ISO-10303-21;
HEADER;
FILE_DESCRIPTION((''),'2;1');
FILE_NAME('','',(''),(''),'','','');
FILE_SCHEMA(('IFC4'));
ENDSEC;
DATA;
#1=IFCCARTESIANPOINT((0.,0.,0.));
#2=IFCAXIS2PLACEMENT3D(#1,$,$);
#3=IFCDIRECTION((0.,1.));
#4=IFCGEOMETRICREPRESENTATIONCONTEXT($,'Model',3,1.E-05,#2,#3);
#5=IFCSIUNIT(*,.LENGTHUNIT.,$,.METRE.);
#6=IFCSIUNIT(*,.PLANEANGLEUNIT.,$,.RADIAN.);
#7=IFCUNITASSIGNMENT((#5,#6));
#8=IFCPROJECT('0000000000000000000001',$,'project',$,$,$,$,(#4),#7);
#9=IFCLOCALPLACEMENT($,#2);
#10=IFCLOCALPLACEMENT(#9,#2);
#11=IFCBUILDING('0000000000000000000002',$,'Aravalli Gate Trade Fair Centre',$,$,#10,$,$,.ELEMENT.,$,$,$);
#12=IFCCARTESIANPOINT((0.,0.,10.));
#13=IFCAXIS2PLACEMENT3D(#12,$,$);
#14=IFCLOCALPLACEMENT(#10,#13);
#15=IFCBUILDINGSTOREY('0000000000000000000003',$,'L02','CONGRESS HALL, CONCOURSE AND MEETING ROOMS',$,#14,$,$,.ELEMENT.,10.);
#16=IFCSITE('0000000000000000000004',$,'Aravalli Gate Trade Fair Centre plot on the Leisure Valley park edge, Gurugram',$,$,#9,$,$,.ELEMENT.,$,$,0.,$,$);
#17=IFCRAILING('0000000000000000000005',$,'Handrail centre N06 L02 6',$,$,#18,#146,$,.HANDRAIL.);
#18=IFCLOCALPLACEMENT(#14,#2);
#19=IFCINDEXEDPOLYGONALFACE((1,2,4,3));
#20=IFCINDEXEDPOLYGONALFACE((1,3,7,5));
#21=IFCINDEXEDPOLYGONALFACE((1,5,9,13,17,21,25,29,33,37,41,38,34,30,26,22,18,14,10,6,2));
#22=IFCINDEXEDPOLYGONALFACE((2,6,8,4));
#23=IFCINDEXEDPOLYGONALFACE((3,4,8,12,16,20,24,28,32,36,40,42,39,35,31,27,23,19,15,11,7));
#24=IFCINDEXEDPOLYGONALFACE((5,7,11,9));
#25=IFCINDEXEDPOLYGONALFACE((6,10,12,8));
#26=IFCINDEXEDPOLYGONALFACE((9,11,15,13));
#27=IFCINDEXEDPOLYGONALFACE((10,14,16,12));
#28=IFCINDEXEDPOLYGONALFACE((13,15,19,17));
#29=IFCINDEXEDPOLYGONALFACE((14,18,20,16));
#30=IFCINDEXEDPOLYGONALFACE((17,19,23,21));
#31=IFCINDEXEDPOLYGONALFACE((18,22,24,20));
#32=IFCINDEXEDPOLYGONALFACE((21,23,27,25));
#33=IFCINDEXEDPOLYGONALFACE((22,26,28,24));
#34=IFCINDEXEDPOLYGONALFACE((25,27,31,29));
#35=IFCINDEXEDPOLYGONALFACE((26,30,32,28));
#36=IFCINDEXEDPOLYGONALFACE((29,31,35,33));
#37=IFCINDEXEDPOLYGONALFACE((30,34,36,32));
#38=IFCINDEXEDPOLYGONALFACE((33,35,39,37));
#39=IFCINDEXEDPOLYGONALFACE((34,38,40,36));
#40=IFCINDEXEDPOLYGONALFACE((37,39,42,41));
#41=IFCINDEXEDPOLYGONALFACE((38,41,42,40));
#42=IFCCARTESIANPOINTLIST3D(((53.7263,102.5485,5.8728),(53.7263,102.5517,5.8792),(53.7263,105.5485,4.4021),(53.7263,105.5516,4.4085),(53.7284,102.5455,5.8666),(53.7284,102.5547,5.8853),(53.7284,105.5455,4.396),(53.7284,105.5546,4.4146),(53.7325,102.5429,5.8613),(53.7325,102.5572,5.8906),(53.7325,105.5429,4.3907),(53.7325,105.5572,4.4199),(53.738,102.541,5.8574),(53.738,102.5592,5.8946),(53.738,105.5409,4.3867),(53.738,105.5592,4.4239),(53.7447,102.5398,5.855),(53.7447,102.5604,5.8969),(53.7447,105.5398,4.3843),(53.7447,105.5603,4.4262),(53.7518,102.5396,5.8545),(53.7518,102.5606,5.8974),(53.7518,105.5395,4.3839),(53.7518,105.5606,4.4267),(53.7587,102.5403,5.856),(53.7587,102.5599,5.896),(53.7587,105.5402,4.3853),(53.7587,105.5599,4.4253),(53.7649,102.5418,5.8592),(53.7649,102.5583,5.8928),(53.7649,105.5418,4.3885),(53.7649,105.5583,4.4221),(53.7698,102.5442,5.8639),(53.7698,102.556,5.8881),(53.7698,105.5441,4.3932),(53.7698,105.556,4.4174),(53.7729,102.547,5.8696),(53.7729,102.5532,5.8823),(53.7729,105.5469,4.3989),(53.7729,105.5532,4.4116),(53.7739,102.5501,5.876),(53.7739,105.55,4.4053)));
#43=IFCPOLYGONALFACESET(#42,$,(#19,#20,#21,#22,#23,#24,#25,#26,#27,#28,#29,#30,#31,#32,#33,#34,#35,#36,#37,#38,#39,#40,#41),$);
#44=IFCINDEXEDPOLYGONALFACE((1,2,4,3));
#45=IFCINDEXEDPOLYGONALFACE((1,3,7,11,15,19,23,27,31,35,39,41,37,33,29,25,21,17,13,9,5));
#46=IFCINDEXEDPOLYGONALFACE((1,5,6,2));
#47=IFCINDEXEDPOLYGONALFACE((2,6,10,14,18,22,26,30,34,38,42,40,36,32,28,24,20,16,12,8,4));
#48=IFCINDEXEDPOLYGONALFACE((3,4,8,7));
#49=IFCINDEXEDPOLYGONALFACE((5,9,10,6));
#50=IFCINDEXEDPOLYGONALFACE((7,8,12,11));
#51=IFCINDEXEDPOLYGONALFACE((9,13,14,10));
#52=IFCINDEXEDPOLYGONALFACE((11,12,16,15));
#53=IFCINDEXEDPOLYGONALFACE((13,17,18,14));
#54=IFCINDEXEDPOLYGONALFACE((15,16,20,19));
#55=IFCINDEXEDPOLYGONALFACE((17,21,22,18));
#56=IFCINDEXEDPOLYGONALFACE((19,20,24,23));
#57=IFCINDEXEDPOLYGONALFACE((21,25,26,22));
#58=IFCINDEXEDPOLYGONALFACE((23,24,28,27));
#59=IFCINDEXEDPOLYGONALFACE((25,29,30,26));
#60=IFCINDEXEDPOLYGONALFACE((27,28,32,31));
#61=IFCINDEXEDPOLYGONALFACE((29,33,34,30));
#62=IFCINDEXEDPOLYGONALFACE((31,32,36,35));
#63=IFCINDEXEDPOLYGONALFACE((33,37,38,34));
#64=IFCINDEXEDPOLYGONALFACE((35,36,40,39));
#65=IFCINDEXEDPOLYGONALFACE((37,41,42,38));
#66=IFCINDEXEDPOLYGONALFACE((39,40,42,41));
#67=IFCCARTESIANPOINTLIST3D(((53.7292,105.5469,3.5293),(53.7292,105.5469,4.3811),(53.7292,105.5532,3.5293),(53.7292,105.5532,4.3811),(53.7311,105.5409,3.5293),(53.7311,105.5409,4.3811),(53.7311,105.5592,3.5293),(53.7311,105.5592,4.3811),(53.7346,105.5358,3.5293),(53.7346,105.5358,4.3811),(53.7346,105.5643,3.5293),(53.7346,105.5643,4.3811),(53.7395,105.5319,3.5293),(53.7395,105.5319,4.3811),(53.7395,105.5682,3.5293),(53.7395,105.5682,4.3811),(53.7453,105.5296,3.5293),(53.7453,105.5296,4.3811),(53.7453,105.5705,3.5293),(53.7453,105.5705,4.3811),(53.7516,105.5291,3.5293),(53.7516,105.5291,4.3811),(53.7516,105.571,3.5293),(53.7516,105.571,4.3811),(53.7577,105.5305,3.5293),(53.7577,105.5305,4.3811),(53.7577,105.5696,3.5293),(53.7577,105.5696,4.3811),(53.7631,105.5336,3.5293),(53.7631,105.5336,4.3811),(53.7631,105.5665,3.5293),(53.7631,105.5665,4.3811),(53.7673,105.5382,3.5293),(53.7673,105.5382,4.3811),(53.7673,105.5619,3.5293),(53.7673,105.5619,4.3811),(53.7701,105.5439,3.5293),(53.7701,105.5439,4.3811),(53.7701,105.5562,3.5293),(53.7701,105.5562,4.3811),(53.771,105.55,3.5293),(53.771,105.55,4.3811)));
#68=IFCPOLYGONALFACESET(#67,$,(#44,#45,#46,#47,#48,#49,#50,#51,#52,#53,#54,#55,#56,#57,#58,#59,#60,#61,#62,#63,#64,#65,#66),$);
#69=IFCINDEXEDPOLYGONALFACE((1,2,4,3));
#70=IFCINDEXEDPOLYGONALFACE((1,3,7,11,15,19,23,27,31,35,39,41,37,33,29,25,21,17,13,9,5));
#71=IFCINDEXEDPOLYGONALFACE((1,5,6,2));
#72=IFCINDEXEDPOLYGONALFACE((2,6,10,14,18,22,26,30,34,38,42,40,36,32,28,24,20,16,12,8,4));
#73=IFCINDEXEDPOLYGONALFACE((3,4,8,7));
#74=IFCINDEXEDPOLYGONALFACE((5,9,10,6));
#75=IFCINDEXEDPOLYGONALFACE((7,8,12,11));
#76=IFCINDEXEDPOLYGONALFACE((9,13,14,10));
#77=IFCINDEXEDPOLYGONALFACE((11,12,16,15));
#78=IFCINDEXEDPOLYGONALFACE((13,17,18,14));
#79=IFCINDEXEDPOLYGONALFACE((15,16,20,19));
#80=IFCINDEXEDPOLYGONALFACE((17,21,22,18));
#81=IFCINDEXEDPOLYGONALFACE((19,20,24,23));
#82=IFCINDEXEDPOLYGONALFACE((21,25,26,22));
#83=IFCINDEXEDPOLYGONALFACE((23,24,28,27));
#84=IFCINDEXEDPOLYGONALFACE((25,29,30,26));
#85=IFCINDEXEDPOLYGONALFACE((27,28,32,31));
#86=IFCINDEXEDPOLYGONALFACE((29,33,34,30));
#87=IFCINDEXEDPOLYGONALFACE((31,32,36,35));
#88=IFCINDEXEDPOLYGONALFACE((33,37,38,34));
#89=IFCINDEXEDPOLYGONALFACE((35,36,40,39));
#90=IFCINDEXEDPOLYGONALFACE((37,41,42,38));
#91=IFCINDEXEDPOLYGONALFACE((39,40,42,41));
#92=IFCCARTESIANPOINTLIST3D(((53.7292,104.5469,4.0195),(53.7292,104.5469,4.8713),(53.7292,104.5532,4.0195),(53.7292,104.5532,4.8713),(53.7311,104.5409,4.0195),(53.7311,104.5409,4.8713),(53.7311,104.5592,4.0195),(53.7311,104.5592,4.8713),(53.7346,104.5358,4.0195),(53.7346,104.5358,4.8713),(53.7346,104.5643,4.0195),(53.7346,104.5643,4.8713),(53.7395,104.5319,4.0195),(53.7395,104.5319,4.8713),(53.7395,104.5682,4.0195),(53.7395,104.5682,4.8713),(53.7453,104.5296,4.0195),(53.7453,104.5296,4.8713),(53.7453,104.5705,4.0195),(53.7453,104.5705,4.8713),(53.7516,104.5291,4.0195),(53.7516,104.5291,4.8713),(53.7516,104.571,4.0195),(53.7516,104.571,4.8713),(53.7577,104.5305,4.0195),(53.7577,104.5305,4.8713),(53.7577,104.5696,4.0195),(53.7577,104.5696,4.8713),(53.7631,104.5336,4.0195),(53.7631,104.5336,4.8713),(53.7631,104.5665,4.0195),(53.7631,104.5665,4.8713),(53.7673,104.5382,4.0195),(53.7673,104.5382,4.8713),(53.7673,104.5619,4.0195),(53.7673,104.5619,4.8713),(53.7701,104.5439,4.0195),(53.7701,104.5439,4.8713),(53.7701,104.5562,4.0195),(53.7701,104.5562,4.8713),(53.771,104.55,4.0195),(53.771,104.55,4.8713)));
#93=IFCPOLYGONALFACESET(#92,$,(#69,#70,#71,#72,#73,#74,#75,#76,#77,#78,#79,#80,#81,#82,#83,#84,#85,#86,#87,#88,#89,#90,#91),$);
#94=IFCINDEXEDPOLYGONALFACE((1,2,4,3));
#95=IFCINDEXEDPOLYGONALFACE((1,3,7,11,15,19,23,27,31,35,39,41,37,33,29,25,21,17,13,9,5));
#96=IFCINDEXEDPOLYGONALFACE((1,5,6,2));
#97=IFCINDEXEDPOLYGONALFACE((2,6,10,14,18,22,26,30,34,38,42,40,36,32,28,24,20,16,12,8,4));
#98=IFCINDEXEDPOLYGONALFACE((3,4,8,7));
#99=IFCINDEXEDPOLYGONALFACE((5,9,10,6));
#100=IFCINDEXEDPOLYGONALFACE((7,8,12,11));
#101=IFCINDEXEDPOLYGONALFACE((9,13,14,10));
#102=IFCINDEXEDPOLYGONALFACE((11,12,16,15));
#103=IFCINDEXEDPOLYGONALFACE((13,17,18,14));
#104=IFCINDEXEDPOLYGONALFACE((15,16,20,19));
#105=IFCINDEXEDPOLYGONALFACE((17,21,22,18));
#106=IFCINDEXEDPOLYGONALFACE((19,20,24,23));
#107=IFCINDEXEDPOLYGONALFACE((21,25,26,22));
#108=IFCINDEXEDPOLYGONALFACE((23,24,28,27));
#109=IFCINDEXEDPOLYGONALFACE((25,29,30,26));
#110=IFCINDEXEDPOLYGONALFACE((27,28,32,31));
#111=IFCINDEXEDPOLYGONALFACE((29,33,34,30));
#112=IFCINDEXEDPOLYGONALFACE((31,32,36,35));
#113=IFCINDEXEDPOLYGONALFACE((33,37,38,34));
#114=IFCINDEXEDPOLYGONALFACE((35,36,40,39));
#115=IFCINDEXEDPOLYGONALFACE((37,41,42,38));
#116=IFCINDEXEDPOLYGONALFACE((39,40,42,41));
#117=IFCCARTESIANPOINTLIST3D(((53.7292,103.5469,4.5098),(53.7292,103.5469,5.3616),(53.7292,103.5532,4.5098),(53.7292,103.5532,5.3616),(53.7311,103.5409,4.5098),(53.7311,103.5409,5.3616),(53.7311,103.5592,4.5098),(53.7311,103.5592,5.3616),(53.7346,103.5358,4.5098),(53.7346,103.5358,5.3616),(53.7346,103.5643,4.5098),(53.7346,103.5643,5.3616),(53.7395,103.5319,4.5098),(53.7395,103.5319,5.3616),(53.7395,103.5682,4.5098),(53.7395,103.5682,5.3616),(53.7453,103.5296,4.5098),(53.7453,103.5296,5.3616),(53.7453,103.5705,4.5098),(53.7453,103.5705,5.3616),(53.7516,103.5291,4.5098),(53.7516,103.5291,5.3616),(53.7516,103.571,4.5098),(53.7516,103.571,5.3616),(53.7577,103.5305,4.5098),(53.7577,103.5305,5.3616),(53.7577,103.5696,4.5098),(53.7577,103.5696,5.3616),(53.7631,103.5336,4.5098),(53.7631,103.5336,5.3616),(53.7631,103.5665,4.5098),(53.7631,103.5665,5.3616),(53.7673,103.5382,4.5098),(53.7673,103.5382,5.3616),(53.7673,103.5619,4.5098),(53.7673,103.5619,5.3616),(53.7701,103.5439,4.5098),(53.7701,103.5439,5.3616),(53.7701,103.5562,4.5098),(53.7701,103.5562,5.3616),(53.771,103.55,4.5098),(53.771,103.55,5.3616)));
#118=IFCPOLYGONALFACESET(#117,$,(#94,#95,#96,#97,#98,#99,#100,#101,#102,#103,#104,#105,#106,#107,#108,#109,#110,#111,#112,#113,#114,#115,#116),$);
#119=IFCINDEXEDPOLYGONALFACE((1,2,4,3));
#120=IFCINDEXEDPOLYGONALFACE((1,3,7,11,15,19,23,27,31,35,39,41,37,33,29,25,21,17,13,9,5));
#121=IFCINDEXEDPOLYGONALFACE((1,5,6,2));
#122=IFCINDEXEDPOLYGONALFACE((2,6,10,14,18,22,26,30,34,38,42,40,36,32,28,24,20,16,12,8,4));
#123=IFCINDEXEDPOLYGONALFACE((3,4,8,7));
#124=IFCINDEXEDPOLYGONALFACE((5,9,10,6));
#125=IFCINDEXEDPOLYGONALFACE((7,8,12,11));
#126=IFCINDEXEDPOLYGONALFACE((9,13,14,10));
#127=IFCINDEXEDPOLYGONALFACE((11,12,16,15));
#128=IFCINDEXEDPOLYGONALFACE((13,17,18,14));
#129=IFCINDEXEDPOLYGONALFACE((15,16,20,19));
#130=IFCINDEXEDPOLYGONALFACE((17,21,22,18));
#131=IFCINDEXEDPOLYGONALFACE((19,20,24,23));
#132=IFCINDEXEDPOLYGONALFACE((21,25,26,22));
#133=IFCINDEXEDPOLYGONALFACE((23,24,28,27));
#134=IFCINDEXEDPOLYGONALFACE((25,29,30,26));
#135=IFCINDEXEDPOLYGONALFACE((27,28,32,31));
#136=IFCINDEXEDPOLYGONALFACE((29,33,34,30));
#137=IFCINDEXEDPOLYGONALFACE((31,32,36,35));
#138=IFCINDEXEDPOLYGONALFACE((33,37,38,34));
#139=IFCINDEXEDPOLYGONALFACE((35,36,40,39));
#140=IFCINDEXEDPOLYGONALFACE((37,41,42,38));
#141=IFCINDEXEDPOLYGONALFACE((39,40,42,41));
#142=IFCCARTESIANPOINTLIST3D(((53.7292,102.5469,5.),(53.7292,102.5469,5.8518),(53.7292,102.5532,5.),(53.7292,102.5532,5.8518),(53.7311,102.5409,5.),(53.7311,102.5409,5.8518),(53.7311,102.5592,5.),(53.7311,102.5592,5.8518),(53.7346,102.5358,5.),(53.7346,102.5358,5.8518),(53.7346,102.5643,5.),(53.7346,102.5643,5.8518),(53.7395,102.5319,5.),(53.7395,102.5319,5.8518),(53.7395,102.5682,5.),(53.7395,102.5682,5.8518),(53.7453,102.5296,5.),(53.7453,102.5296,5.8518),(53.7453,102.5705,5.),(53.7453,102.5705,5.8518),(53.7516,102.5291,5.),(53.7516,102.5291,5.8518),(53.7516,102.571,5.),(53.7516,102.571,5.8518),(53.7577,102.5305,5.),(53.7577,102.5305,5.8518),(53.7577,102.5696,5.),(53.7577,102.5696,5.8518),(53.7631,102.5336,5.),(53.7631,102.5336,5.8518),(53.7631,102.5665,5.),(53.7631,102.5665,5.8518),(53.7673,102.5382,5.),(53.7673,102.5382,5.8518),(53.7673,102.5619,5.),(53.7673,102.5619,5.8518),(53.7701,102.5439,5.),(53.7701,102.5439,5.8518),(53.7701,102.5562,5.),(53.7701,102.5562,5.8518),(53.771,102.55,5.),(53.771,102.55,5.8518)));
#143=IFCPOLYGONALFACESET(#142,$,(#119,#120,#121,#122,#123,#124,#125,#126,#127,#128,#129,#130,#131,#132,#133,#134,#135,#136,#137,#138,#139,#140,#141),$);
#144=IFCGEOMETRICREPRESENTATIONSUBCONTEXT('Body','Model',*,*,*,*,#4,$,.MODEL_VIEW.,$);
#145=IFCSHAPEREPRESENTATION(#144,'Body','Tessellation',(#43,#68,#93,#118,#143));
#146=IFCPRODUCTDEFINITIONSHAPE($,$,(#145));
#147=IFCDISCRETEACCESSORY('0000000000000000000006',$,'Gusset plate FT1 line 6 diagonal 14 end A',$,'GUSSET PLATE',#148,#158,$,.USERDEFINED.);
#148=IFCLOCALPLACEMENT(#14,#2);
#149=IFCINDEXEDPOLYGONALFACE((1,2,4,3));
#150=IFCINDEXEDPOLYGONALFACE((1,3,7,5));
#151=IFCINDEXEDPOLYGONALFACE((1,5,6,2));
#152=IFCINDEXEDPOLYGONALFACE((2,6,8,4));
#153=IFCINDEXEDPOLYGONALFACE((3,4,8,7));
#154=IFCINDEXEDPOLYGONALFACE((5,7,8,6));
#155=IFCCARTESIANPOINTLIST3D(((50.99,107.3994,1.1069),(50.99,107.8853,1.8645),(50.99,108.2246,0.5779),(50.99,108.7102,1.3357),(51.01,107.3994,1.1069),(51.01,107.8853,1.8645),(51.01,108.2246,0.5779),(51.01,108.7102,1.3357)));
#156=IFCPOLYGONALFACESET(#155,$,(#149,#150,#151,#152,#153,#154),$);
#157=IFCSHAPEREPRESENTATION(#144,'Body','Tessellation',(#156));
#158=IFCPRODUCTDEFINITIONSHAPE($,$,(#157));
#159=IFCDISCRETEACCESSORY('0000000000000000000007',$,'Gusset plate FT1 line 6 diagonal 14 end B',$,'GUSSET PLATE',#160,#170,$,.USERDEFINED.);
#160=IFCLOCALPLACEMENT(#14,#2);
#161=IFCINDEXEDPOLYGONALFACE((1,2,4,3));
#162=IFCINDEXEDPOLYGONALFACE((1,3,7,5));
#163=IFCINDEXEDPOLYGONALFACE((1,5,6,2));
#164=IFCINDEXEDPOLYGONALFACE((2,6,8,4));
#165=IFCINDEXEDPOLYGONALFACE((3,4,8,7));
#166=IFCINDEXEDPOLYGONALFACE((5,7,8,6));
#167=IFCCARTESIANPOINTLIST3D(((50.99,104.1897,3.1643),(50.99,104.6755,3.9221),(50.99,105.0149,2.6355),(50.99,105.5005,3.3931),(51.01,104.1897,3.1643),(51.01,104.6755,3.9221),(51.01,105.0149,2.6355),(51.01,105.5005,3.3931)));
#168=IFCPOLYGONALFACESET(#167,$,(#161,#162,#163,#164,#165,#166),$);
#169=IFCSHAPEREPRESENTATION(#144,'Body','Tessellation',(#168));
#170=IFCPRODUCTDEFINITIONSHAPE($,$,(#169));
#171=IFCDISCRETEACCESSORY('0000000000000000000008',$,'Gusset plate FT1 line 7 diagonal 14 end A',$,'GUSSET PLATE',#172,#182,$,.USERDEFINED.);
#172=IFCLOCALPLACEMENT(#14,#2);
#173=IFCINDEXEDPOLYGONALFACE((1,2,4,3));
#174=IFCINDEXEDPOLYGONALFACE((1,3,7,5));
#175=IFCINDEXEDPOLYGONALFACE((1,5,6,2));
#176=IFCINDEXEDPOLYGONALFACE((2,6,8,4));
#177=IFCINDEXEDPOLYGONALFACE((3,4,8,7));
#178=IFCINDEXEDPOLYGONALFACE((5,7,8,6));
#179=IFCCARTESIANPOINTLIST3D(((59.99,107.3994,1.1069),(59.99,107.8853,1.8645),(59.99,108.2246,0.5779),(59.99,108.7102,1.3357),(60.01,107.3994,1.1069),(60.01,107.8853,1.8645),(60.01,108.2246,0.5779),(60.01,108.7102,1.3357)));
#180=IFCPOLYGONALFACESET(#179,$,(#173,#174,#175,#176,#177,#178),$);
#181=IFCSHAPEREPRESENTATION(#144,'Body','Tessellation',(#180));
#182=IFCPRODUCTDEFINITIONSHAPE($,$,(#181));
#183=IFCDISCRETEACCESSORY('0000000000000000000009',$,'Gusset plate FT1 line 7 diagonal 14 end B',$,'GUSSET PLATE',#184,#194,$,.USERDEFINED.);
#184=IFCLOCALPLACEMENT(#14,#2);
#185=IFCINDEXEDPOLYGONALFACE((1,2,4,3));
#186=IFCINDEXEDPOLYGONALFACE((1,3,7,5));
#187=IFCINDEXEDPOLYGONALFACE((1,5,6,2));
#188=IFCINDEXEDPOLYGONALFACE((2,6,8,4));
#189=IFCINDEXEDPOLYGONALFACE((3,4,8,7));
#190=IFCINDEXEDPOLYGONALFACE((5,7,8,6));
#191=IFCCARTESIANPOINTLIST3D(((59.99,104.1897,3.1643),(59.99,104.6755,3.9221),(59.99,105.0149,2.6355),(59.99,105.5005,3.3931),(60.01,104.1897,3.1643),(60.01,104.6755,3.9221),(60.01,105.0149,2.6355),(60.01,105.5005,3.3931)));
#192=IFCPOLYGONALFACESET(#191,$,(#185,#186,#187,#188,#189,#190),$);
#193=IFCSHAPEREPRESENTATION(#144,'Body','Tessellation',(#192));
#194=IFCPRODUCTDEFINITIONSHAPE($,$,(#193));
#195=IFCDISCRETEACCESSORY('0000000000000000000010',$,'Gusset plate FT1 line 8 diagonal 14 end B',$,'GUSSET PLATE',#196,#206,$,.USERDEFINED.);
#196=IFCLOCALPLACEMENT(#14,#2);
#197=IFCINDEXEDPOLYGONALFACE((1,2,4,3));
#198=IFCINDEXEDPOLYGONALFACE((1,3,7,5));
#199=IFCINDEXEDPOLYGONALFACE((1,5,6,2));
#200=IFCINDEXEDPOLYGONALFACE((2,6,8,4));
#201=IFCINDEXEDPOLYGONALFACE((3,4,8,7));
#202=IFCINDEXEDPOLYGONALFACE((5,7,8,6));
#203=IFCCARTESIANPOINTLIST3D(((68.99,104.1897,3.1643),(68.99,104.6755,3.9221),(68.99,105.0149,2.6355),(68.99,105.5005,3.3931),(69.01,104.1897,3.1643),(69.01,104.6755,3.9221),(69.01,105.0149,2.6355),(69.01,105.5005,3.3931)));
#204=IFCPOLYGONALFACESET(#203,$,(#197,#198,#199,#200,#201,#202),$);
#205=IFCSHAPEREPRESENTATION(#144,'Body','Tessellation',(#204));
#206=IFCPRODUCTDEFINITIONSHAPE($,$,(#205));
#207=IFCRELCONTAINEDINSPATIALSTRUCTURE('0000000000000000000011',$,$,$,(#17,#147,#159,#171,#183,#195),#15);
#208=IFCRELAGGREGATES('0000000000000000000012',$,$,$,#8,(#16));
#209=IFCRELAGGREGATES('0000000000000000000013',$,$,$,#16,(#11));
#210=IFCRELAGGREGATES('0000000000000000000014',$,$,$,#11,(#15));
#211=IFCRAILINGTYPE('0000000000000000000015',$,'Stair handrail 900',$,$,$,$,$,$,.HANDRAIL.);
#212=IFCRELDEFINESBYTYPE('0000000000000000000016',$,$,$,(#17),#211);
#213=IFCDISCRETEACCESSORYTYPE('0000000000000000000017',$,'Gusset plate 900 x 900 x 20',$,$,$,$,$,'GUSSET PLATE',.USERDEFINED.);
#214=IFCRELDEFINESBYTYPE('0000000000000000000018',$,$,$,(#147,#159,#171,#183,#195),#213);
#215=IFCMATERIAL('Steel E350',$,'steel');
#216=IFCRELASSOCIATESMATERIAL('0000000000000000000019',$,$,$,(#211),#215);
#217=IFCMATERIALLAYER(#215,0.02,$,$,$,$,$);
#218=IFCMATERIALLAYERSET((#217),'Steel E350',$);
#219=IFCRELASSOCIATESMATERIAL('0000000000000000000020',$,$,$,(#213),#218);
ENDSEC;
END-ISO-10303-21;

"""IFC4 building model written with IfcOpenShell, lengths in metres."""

from ifc_helpers import new_model, si_unit, direction, frame, origin, origin_2d, place, context, subcontext, project, spatial, polyline, circle, outline, extrude, material, layer, layer_set, type_object, element, save


model = new_model("IFC4")

# Units and contexts
model_context = context("Model", 3, precision=1e-05, world=origin(), true_north=direction((0.0, 1.0)))
body_context = subcontext(model_context, "Body", "Model", "MODEL_VIEW")
ifc_project = project(units=[si_unit("LENGTHUNIT", "METRE"), si_unit("PLANEANGLEUNIT", "RADIAN")], contexts=[model_context])

# Site, building, storey
site_placement = place(None, origin())
site = spatial("IfcSite", under=ifc_project, at=site_placement, Name="Aravalli Gate Trade Fair Centre plot on the Leisure Valley park edge, Gurugram", CompositionType="ELEMENT", RefElevation=0.0)
building_placement = place(site_placement, origin())
building = spatial("IfcBuilding", under=site, at=building_placement, Name="Aravalli Gate Trade Fair Centre", CompositionType="ELEMENT")
storey_placement = place(building_placement, frame((0.0, 0.0, 10.0)))
storey = spatial("IfcBuildingStorey", under=building, at=storey_placement, Name="L02", Description="CONGRESS HALL, CONCOURSE AND MEETING ROOMS", CompositionType="ELEMENT", Elevation=10.0)

# Shared definitions
ifc_material_1 = material(Name="Steel E350", Category="steel")

# Railing
railing_type = type_object("IfcRailingType", Name="Stair handrail 900", PredefinedType="HANDRAIL", material=ifc_material_1)
for number, where, name in (
    (1, (53.75, 105.55, 3.5293), "Handrail centre N06 L02 6"),
):
    element("IfcRailing", number, at=place(storey_placement, frame(where)), inside=storey, type_object=railing_type, Name=name, PredefinedType="HANDRAIL", context=body_context, shape_type="SweptSolid", body=[
        extrude(circle(Radius=0.0239, at=origin_2d()), frame((0.0, 0.0, 0.876), z_axis=(0.0, -0.897907, 0.440185), x_axis=(1.0, 0.0, 0.0)), (0.0, 0.0, 1.0), 3.3411),
        extrude(circle(Radius=0.021, at=origin_2d()), origin(), (0.0, 0.0, 1.0), 0.8518),
        extrude(circle(Radius=0.021, at=origin_2d()), frame((0.0, -1.0, 0.4902)), (0.0, 0.0, 1.0), 0.8518),
        extrude(circle(Radius=0.021, at=origin_2d()), frame((0.0, -2.0, 0.9805)), (0.0, 0.0, 1.0), 0.8518),
        extrude(circle(Radius=0.021, at=origin_2d()), frame((0.0, -3.0, 1.4707)), (0.0, 0.0, 1.0), 0.8518),
    ])

# Discrete accessories
ifc_layer_1 = layer(ifc_material_1, 0.02)
ifc_layer_set_1 = layer_set([ifc_layer_1], Name="Steel E350")
discrete_accessory_type = type_object("IfcDiscreteAccessoryType", Name="Gusset plate 900 x 900 x 20", ElementType="GUSSET PLATE", PredefinedType="USERDEFINED", material=ifc_layer_set_1)
discrete_accessory_1_placement = place(storey_placement, frame((51.01, 107.3994, 1.1069), z_axis=(1.0, 0.0, 0.0), x_axis=(0.0, 0.841841, -0.539725)))
element("IfcDiscreteAccessory", 2, at=discrete_accessory_1_placement, inside=storey, type_object=discrete_accessory_type, Name="Gusset plate FT1 line 6 diagonal 14 end A", ObjectType="GUSSET PLATE", PredefinedType="USERDEFINED", context=body_context, shape_type="SweptSolid", body=[
    extrude(outline(polyline([(0.0, 0.0), (0.9802, 0.0), (0.98, 0.9), (0.0001, 0.9), (0.0, 0.0)])), origin(), (0.0, 0.0, -1.0), 0.02),
])
discrete_accessory_2_placement = place(storey_placement, frame((50.99, 105.0149, 2.6355), z_axis=(-1.0, 0.0, 0.0), x_axis=(0.0, -0.841955, 0.539548)))
element("IfcDiscreteAccessory", 3, at=discrete_accessory_2_placement, inside=storey, type_object=discrete_accessory_type, Name="Gusset plate FT1 line 6 diagonal 14 end B", ObjectType="GUSSET PLATE", PredefinedType="USERDEFINED", context=body_context, shape_type="SweptSolid", body=[
    extrude(outline(polyline([(0.0, 0.0), (0.9801, 0.0), (0.9799, 0.9002), (-0.0001, 0.8998), (0.0, 0.0)])), origin(), (0.0, 0.0, -1.0), 0.02),
])
discrete_accessory_3_placement = place(storey_placement, frame((60.01, 107.3994, 1.1069), z_axis=(1.0, 0.0, 0.0), x_axis=(0.0, 0.841841, -0.539725)))
element("IfcDiscreteAccessory", 4, at=discrete_accessory_3_placement, inside=storey, type_object=discrete_accessory_type, Name="Gusset plate FT1 line 7 diagonal 14 end A", ObjectType="GUSSET PLATE", PredefinedType="USERDEFINED", context=body_context, shape_type="SweptSolid", body=[
    extrude(outline(polyline([(0.0, 0.0), (0.9802, 0.0), (0.98, 0.9), (0.0001, 0.9), (0.0, 0.0)])), origin(), (0.0, 0.0, -1.0), 0.02),
])
for number, where, z_axis, x_axis, name in (
    (5, (59.99, 105.0149, 2.6355), (-1.0, 0.0, 0.0), (0.0, -0.841955, 0.539548), "Gusset plate FT1 line 7 diagonal 14 end B"),
    (6, (68.99, 105.0149, 2.6355), (-1.0, 0.0, 0.0), (0.0, -0.841955, 0.539548), "Gusset plate FT1 line 8 diagonal 14 end B"),
):
    element("IfcDiscreteAccessory", number, at=place(storey_placement, frame(where, z_axis=z_axis, x_axis=x_axis)), inside=storey, type_object=discrete_accessory_type, Name=name, ObjectType="GUSSET PLATE", PredefinedType="USERDEFINED", context=body_context, shape_type="SweptSolid", body=[
        extrude(outline(polyline([(0.0, 0.0), (0.9801, 0.0), (0.9799, 0.9002), (-0.0001, 0.8998), (0.0, 0.0)])), origin(), (0.0, 0.0, -1.0), 0.02),
    ])

save(model, "model.ifc")
